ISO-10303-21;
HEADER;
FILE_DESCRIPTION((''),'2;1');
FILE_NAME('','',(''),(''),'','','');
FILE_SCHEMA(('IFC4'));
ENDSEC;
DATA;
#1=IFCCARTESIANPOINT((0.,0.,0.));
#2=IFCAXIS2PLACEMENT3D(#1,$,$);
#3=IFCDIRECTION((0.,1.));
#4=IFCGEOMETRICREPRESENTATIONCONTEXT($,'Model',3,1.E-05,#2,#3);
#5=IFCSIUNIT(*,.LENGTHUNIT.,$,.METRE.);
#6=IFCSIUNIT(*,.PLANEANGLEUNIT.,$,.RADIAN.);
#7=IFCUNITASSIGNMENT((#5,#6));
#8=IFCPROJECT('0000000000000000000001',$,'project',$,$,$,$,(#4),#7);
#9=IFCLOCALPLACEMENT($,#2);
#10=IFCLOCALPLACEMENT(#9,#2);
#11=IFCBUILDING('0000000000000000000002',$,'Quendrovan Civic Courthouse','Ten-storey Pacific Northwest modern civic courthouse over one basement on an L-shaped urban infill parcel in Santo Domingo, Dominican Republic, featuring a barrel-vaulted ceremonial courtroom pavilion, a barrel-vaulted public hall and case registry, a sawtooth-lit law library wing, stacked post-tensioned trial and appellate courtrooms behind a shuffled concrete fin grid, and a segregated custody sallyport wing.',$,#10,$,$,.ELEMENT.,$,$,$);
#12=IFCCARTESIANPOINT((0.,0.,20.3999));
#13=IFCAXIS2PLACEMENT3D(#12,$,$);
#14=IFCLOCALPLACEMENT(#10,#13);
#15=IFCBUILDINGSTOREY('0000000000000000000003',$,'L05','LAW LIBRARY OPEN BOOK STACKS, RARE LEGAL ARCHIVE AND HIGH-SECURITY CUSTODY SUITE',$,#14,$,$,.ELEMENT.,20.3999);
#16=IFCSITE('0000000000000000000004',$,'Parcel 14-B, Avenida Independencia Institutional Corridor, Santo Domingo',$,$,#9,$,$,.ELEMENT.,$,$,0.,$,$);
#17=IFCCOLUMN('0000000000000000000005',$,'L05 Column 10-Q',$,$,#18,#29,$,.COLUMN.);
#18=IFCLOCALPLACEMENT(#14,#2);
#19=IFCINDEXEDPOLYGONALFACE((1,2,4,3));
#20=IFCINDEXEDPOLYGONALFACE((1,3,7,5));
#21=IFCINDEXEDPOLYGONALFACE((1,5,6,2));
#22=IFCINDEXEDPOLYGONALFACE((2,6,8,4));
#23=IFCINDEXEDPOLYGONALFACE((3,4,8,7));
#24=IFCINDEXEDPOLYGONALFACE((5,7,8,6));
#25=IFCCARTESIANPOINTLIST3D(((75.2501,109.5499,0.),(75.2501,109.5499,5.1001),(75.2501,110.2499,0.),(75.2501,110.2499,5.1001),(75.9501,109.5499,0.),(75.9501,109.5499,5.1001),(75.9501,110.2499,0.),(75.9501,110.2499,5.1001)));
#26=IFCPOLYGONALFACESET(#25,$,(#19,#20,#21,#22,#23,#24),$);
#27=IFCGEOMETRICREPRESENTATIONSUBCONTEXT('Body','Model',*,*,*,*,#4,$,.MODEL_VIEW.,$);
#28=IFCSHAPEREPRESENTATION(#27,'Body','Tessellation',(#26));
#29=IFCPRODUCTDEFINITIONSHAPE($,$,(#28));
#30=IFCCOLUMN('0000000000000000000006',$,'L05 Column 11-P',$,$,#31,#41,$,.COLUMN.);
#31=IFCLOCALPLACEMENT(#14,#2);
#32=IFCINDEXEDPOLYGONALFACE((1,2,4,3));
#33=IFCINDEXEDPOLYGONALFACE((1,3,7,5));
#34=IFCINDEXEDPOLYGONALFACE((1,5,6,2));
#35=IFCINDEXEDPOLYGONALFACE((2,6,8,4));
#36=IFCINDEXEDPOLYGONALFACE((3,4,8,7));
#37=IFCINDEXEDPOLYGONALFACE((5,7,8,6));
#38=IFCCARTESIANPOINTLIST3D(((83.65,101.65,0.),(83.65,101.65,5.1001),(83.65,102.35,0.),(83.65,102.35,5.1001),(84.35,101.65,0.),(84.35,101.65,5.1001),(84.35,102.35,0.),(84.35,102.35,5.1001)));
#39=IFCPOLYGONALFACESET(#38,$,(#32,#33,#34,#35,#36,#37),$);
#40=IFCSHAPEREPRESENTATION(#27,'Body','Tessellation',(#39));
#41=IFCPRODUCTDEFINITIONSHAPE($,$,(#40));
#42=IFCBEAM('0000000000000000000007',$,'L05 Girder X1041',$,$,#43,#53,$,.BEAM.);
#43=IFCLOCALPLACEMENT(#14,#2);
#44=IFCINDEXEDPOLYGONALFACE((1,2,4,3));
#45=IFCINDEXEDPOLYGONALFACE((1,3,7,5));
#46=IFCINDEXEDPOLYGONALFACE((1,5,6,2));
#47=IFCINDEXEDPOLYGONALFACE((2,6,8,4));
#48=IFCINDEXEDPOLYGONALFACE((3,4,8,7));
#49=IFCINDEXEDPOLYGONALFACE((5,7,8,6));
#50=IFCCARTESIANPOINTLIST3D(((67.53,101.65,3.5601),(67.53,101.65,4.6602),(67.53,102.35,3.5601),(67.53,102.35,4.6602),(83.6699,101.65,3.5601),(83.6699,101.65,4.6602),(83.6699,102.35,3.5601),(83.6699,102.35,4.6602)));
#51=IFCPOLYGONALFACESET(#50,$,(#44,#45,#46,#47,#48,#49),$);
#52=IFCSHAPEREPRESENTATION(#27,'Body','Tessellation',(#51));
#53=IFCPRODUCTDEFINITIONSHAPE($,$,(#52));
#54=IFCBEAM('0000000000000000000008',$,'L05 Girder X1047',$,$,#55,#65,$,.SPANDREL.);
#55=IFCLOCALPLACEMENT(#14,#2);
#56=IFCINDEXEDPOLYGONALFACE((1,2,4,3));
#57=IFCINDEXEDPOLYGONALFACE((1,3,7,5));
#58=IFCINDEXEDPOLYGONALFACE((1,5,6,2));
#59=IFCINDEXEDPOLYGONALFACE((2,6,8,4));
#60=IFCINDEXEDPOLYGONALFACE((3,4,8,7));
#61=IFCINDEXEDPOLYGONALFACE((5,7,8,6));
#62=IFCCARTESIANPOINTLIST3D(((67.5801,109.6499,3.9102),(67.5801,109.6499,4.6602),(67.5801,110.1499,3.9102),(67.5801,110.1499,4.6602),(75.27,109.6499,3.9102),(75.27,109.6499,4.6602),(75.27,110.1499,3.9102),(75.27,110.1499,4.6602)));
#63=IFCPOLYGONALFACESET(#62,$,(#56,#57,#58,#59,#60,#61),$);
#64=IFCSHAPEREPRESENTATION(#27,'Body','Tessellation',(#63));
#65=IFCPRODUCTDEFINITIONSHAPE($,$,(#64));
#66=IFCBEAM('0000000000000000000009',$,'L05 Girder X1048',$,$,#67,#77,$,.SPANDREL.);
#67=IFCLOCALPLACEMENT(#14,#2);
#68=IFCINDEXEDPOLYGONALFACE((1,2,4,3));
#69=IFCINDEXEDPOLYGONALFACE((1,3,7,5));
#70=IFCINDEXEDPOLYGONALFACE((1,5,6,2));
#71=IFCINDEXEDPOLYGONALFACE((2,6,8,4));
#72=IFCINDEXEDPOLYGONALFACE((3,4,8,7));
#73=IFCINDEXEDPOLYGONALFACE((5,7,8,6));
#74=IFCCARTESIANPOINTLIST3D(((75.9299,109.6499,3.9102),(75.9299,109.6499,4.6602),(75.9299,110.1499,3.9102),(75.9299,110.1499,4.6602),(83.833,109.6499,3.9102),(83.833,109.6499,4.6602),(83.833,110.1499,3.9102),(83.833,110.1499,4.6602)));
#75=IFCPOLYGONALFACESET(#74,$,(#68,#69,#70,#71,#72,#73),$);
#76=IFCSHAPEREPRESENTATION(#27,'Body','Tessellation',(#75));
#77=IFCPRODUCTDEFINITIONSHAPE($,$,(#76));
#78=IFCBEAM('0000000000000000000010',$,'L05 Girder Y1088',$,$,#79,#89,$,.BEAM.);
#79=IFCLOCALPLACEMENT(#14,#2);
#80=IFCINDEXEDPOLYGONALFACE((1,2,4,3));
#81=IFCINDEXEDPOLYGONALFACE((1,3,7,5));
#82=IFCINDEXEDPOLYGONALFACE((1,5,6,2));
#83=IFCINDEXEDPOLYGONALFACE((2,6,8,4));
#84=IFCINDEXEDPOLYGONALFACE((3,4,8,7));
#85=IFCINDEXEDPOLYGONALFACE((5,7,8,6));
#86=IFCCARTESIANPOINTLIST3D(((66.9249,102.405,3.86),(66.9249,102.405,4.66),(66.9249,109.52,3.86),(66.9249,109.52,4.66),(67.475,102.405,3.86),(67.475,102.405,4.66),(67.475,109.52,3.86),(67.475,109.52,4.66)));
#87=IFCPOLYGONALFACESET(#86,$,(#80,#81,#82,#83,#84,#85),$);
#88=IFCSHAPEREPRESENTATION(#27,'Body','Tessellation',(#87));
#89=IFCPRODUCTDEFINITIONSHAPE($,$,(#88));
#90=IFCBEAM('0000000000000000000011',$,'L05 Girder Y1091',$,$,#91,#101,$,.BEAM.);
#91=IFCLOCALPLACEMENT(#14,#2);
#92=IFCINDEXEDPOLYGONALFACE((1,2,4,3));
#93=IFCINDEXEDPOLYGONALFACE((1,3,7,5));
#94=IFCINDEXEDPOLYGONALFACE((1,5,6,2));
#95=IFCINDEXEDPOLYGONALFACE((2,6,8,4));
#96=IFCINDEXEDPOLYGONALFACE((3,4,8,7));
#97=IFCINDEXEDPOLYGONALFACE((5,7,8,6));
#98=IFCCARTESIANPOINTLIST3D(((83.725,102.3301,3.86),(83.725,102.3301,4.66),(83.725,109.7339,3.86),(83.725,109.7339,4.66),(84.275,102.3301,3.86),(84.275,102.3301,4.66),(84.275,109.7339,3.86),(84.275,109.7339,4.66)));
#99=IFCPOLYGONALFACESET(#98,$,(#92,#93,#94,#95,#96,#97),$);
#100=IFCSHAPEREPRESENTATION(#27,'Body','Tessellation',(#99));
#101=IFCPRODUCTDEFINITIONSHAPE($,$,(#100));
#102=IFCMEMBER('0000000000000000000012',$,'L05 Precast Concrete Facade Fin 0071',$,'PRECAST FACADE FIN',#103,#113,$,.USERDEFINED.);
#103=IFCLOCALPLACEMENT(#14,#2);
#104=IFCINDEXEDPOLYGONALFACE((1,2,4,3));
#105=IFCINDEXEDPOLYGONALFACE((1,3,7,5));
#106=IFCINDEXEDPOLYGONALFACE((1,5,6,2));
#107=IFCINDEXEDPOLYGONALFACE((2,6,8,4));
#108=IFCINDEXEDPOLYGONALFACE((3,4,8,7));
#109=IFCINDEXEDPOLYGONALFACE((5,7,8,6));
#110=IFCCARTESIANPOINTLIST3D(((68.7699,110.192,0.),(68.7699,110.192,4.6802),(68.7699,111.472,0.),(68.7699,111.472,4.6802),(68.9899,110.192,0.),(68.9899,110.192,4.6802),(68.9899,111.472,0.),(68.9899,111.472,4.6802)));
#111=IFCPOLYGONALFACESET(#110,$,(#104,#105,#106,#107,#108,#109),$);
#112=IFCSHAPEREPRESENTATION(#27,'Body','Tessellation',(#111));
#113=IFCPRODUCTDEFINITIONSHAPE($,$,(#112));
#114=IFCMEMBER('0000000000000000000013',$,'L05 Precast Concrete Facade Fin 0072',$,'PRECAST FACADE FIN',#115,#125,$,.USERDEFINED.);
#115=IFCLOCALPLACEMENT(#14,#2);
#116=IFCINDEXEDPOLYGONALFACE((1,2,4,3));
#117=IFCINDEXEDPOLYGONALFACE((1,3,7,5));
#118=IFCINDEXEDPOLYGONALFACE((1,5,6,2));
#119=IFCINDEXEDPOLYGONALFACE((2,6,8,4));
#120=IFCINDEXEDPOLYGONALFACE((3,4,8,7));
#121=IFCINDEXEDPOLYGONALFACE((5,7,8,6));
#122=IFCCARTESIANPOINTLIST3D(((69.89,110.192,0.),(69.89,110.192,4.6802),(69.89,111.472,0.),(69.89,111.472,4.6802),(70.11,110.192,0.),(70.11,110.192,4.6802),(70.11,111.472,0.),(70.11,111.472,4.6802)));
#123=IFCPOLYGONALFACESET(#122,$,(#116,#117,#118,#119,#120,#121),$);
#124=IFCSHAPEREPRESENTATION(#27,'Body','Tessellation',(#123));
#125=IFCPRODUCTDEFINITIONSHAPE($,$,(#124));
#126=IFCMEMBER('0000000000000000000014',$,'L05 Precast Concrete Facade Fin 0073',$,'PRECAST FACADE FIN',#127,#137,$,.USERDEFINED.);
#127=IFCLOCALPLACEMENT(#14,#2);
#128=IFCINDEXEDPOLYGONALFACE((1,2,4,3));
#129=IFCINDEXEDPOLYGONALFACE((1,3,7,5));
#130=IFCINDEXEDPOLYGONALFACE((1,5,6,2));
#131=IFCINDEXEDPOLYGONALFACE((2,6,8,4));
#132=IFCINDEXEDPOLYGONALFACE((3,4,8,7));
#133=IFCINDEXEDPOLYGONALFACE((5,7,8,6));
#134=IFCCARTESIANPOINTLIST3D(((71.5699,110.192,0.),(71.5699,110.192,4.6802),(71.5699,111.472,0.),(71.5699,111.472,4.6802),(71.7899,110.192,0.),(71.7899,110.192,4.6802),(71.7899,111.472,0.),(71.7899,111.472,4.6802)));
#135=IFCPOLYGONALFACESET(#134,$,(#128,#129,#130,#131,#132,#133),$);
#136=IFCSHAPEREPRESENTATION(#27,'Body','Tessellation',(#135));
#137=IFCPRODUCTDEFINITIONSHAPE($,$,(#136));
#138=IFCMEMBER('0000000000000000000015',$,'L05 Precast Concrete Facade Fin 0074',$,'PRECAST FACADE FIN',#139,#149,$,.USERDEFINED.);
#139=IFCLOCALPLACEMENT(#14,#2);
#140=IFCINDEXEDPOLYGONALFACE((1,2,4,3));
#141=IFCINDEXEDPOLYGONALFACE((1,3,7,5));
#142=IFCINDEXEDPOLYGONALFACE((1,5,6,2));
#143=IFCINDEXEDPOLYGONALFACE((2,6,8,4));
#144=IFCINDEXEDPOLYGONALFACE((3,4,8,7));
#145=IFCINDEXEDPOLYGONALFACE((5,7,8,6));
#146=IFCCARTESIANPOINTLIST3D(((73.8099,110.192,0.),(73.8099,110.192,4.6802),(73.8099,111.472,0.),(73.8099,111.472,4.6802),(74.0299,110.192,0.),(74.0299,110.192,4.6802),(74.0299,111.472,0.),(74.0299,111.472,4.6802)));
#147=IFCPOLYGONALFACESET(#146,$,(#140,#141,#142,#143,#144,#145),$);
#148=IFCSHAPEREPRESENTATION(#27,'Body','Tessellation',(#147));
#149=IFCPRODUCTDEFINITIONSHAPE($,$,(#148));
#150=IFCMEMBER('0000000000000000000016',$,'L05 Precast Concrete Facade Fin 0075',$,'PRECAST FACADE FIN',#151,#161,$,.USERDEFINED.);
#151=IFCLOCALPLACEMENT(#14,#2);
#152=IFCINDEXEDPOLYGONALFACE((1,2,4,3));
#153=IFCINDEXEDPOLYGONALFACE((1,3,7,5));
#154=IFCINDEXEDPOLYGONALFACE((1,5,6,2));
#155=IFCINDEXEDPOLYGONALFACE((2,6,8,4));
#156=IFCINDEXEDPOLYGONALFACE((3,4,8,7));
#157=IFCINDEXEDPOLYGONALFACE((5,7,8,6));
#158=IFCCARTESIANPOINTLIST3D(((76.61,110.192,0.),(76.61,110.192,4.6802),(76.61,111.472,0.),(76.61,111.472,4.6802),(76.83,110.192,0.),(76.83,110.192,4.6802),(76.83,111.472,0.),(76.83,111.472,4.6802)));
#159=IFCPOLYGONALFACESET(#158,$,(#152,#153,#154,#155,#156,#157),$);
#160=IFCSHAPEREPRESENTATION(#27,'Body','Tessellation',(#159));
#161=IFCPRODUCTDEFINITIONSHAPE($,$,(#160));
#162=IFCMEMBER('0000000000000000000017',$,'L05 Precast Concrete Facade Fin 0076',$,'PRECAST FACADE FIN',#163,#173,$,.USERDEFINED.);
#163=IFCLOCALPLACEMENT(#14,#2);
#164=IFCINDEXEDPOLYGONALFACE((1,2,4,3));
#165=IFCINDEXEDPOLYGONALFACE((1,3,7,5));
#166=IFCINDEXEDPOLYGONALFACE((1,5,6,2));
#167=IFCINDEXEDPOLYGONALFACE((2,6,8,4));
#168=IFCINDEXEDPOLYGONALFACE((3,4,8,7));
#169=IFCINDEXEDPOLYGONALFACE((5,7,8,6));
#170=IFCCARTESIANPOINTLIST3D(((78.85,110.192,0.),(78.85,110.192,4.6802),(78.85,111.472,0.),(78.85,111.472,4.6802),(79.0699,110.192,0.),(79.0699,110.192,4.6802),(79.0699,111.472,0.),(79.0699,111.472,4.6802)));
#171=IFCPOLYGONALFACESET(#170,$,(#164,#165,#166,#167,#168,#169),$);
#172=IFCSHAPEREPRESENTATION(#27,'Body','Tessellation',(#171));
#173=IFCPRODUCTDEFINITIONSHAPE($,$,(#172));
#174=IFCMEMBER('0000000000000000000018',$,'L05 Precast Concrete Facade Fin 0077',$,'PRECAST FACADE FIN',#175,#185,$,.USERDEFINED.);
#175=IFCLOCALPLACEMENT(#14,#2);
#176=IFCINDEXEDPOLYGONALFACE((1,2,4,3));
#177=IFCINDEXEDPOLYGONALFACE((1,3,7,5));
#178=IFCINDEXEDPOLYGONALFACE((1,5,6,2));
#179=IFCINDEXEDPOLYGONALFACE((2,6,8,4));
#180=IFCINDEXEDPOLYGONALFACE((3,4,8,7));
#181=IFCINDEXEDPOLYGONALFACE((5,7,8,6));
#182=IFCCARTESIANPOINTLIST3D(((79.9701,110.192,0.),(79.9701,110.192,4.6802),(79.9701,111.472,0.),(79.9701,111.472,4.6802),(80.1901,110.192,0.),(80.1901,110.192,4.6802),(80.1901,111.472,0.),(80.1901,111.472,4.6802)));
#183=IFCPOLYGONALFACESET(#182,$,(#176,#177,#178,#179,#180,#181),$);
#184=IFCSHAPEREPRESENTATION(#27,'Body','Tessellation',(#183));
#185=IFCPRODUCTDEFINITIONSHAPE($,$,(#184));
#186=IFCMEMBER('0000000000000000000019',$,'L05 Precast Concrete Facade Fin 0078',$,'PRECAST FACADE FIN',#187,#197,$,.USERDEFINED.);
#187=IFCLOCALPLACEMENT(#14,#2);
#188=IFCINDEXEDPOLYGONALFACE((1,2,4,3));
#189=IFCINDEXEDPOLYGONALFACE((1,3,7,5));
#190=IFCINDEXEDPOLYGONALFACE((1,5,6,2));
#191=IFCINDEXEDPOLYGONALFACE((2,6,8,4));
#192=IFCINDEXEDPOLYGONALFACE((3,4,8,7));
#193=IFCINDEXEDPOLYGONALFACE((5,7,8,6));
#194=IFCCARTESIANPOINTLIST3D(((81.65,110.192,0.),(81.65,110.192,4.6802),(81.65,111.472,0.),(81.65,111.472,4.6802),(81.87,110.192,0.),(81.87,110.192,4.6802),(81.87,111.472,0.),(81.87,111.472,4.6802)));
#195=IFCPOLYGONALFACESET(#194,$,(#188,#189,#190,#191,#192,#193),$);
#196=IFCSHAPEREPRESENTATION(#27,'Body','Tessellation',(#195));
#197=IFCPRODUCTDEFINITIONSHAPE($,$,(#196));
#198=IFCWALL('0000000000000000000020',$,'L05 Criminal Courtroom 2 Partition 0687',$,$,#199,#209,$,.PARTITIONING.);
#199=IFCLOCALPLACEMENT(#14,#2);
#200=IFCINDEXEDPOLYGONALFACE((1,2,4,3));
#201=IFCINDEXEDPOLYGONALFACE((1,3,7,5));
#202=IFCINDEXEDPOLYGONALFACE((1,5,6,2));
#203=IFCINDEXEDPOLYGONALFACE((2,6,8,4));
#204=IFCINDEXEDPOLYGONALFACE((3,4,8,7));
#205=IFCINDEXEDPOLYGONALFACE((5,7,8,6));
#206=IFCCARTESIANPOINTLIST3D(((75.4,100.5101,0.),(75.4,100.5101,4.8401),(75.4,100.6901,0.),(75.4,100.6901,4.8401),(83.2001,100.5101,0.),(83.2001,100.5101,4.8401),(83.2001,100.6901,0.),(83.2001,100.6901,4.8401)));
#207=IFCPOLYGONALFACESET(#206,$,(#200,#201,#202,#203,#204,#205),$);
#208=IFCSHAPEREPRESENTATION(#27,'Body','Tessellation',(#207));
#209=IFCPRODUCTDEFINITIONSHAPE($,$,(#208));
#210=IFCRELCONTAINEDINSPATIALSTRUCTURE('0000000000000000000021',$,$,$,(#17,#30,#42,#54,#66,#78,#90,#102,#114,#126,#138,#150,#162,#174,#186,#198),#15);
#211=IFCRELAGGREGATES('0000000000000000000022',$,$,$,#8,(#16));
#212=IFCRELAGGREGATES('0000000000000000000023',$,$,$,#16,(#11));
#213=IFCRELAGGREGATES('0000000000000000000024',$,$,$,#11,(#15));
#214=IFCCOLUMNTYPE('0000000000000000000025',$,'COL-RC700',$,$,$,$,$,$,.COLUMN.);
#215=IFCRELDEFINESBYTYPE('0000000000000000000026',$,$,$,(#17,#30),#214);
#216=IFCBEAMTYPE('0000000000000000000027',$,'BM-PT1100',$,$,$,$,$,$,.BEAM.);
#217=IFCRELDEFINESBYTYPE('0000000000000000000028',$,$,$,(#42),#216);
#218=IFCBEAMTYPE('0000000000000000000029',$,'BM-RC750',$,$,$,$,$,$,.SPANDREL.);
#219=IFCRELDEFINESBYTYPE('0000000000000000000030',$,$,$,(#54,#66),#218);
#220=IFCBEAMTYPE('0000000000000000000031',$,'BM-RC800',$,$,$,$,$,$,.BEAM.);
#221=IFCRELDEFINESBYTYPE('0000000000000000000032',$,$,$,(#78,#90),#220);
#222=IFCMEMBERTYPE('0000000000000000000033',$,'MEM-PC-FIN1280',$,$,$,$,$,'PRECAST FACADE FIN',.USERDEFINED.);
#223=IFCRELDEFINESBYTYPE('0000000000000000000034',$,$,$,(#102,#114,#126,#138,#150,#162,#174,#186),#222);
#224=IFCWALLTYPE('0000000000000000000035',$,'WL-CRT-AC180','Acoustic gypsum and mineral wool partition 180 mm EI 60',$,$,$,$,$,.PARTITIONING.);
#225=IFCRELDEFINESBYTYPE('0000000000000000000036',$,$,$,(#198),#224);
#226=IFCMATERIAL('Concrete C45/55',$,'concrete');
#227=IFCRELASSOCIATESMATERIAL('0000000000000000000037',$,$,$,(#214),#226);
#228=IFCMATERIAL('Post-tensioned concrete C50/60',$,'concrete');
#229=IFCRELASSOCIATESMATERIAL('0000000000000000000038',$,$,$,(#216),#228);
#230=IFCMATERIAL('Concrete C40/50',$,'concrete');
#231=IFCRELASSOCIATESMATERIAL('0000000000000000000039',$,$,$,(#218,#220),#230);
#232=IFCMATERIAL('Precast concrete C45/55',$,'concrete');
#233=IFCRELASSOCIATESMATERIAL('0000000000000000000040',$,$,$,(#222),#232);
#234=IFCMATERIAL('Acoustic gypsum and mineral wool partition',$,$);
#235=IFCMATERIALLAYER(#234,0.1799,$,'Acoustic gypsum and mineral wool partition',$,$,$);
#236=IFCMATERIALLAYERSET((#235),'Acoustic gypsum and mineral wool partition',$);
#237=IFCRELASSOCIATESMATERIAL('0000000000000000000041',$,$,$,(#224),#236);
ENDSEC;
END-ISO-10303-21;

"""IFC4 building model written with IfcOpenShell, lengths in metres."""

from ifc_helpers import new_model, si_unit, direction, frame, frame_2d, origin, origin_2d, place, context, subcontext, project, spatial, rectangle, extrude, material, layer, layer_set, material_profile, profile_set, type_object, element, save


model = new_model("IFC4")

# Units and contexts
model_context = context("Model", 3, precision=1e-05, world=origin(), true_north=direction((0.0, 1.0)))
body_context = subcontext(model_context, "Body", "Model", "MODEL_VIEW")
ifc_project = project(units=[si_unit("LENGTHUNIT", "METRE"), si_unit("PLANEANGLEUNIT", "RADIAN")], contexts=[model_context])

# Site, building, storey
site_placement = place(None, origin())
site = spatial("IfcSite", under=ifc_project, at=site_placement, Name="Parcel 14-B, Avenida Independencia Institutional Corridor, Santo Domingo", CompositionType="ELEMENT", RefElevation=0.0)
building_placement = place(site_placement, origin())
building = spatial("IfcBuilding", under=site, at=building_placement, Name="Quendrovan Civic Courthouse", Description="Ten-storey Pacific Northwest modern civic courthouse over one basement on an L-shaped urban infill parcel in Santo Domingo, Dominican Republic, featuring a barrel-vaulted ceremonial courtroom pavilion, a barrel-vaulted public hall and case registry, a sawtooth-lit law library wing, stacked post-tensioned trial and appellate courtrooms behind a shuffled concrete fin grid, and a segregated custody sallyport wing.", CompositionType="ELEMENT")
storey_placement = place(building_placement, frame((0.0, 0.0, 20.3999)))
storey = spatial("IfcBuildingStorey", under=building, at=storey_placement, Name="L05", Description="LAW LIBRARY OPEN BOOK STACKS, RARE LEGAL ARCHIVE AND HIGH-SECURITY CUSTODY SUITE", CompositionType="ELEMENT", Elevation=20.3999)

# Columns
ifc_material_1 = material(Name="Concrete C45/55", Category="concrete")
ifc_material_profile_1 = material_profile(ifc_material_1, rectangle(XDim=0.7, YDim=0.7, at=origin_2d()), Name="RC-COL-700x700")
ifc_profile_set_1 = profile_set([ifc_material_profile_1], Name="Concrete C45/55")
column_type = type_object("IfcColumnType", Name="COL-RC700", PredefinedType="COLUMN", material=ifc_profile_set_1)
for number, where, z_axis, x_axis, name in (
    (1, (75.6001, 109.8999, 0.0), (0.0, 0.0, 1.0), (1.0, 0.0, 0.0), "L05 Column 10-Q"),
    (2, (84.0, 102.0, 0.0), (0.0, 0.0, 1.0), (1.0, 0.0, 0.0), "L05 Column 11-P"),
):
    element("IfcColumn", number, at=place(storey_placement, frame(where, z_axis=z_axis, x_axis=x_axis)), inside=storey, type_object=column_type, Name=name, PredefinedType="COLUMN", context=body_context, shape_type="SweptSolid", body=[
        extrude(rectangle(XDim=0.7, YDim=0.7, at=origin_2d()), origin(), (0.0, 0.0, 1.0), 5.1001),
    ])

# Beams
ifc_material_2 = material(Name="Post-tensioned concrete C50/60", Category="concrete")
ifc_material_profile_2 = material_profile(ifc_material_2, rectangle(XDim=0.7, YDim=1.1001, at=origin_2d()), Name="PT-GIRD-700x1100")
ifc_profile_set_2 = profile_set([ifc_material_profile_2], Name="Post-tensioned concrete C50/60")
beam_type_1 = type_object("IfcBeamType", Name="BM-PT1100", PredefinedType="BEAM", material=ifc_profile_set_2)
beam_1_placement = place(storey_placement, frame((67.53, 102.0, 4.1101), z_axis=(1.0, 0.0, 0.0), x_axis=(0.0, 1.0, 0.0)))
element("IfcBeam", 3, at=beam_1_placement, inside=storey, type_object=beam_type_1, Name="L05 Girder X1041", PredefinedType="BEAM", context=body_context, shape_type="SweptSolid", body=[
    extrude(rectangle(XDim=0.7, YDim=1.1001, at=origin_2d()), origin(), (0.0, 0.0, 1.0), 16.1399),
])
ifc_material_3 = material(Name="Concrete C40/50", Category="concrete")
ifc_material_profile_3 = material_profile(ifc_material_3, rectangle(XDim=0.5, YDim=0.75, at=origin_2d()), Name="RC-BM-500x750")
ifc_profile_set_3 = profile_set([ifc_material_profile_3], Name="Concrete C40/50")
beam_type_2 = type_object("IfcBeamType", Name="BM-RC750", PredefinedType="SPANDREL", material=ifc_profile_set_3)
beam_2_placement = place(storey_placement, frame((67.5801, 109.8999, 4.2852), z_axis=(1.0, 0.0, 0.0), x_axis=(0.0, 1.0, 0.0)))
element("IfcBeam", 4, at=beam_2_placement, inside=storey, type_object=beam_type_2, Name="L05 Girder X1047", PredefinedType="SPANDREL", context=body_context, shape_type="SweptSolid", body=[
    extrude(rectangle(XDim=0.5, YDim=0.75, at=origin_2d()), origin(), (0.0, 0.0, 1.0), 7.6899),
])
beam_3_placement = place(storey_placement, frame((75.9299, 109.8999, 4.2852), z_axis=(1.0, 0.0, 0.0), x_axis=(0.0, 1.0, 0.0)))
element("IfcBeam", 5, at=beam_3_placement, inside=storey, type_object=beam_type_2, Name="L05 Girder X1048", PredefinedType="SPANDREL", context=body_context, shape_type="SweptSolid", body=[
    extrude(rectangle(XDim=0.5, YDim=0.75, at=origin_2d()), origin(), (0.0, 0.0, 1.0), 7.9031),
])
ifc_material_profile_4 = material_profile(ifc_material_3, rectangle(XDim=0.55, YDim=0.8, at=origin_2d()), Name="RC-BM-550x800")
ifc_profile_set_4 = profile_set([ifc_material_profile_4], Name="Concrete C40/50")
beam_type_3 = type_object("IfcBeamType", Name="BM-RC800", PredefinedType="BEAM", material=ifc_profile_set_4)
beam_4_placement = place(storey_placement, frame((67.2, 102.405, 4.26), z_axis=(0.0, 1.0, 0.0), x_axis=(-1.0, 0.0, 0.0)))
element("IfcBeam", 6, at=beam_4_placement, inside=storey, type_object=beam_type_3, Name="L05 Girder Y1088", PredefinedType="BEAM", context=body_context, shape_type="SweptSolid", body=[
    extrude(rectangle(XDim=0.55, YDim=0.8, at=origin_2d()), origin(), (0.0, 0.0, 1.0), 7.115),
])
beam_5_placement = place(storey_placement, frame((84.0, 102.3301, 4.26), z_axis=(0.0, 1.0, 0.0), x_axis=(-1.0, 0.0, 0.0)))
element("IfcBeam", 7, at=beam_5_placement, inside=storey, type_object=beam_type_3, Name="L05 Girder Y1091", PredefinedType="BEAM", context=body_context, shape_type="SweptSolid", body=[
    extrude(rectangle(XDim=0.55, YDim=0.8, at=origin_2d()), origin(), (0.0, 0.0, 1.0), 7.4038),
])

# Members
ifc_material_4 = material(Name="Precast concrete C45/55", Category="concrete")
ifc_material_profile_5 = material_profile(ifc_material_4, rectangle(XDim=0.22, YDim=1.28, at=origin_2d()), Name="PC-FIN-220x1280")
ifc_profile_set_5 = profile_set([ifc_material_profile_5], Name="Precast concrete C45/55")
member_type = type_object("IfcMemberType", Name="MEM-PC-FIN1280", ElementType="PRECAST FACADE FIN", PredefinedType="USERDEFINED", material=ifc_profile_set_5)
for number, where, z_axis, x_axis, name in (
    (8, (68.8799, 110.832, 0.0), (0.0, 0.0, 1.0), (1.0, 0.0, 0.0), "L05 Precast Concrete Facade Fin 0071"),
    (9, (70.0, 110.832, 0.0), (0.0, 0.0, 1.0), (1.0, 0.0, 0.0), "L05 Precast Concrete Facade Fin 0072"),
    (10, (71.6799, 110.832, 0.0), (0.0, 0.0, 1.0), (1.0, 0.0, 0.0), "L05 Precast Concrete Facade Fin 0073"),
    (11, (73.9199, 110.832, 0.0), (0.0, 0.0, 1.0), (1.0, 0.0, 0.0), "L05 Precast Concrete Facade Fin 0074"),
    (12, (76.72, 110.832, 0.0), (0.0, 0.0, 1.0), (1.0, 0.0, 0.0), "L05 Precast Concrete Facade Fin 0075"),
    (13, (78.96, 110.832, 0.0), (0.0, 0.0, 1.0), (1.0, 0.0, 0.0), "L05 Precast Concrete Facade Fin 0076"),
    (14, (80.0801, 110.832, 0.0), (0.0, 0.0, 1.0), (1.0, 0.0, 0.0), "L05 Precast Concrete Facade Fin 0077"),
    (15, (81.76, 110.832, 0.0), (0.0, 0.0, 1.0), (1.0, 0.0, 0.0), "L05 Precast Concrete Facade Fin 0078"),
):
    element("IfcMember", number, at=place(storey_placement, frame(where, z_axis=z_axis, x_axis=x_axis)), inside=storey, type_object=member_type, Name=name, ObjectType="PRECAST FACADE FIN", PredefinedType="USERDEFINED", context=body_context, shape_type="SweptSolid", body=[
        extrude(rectangle(XDim=0.22, YDim=1.28, at=origin_2d()), origin(), (0.0, 0.0, 1.0), 4.6802),
    ])

# Wall
ifc_material_5 = material(Name="Acoustic gypsum and mineral wool partition")
ifc_layer_1 = layer(ifc_material_5, 0.1799, Name="Acoustic gypsum and mineral wool partition")
ifc_layer_set_1 = layer_set([ifc_layer_1], Name="Acoustic gypsum and mineral wool partition")
wall_type_1 = type_object("IfcWallType", Name="WL-CRT-AC180", Description="Acoustic gypsum and mineral wool partition 180 mm EI 60", PredefinedType="PARTITIONING", material=ifc_layer_set_1)
wall_1_placement = place(storey_placement, frame((83.2, 100.6001, 0.0), z_axis=(0.0, 0.0, 1.0), x_axis=(-1.0, 0.0, 0.0)))
element("IfcWall", 16, at=wall_1_placement, inside=storey, type_object=wall_type_1, Name="L05 Criminal Courtroom 2 Partition 0687", PredefinedType="PARTITIONING", context=body_context, shape_type="SweptSolid", body=[
    extrude(rectangle(XDim=7.8, YDim=0.1799, at=frame_2d((3.8999, 0.0))), origin(), (0.0, 0.0, 1.0), 4.8401),
])

save(model, "model.ifc")
